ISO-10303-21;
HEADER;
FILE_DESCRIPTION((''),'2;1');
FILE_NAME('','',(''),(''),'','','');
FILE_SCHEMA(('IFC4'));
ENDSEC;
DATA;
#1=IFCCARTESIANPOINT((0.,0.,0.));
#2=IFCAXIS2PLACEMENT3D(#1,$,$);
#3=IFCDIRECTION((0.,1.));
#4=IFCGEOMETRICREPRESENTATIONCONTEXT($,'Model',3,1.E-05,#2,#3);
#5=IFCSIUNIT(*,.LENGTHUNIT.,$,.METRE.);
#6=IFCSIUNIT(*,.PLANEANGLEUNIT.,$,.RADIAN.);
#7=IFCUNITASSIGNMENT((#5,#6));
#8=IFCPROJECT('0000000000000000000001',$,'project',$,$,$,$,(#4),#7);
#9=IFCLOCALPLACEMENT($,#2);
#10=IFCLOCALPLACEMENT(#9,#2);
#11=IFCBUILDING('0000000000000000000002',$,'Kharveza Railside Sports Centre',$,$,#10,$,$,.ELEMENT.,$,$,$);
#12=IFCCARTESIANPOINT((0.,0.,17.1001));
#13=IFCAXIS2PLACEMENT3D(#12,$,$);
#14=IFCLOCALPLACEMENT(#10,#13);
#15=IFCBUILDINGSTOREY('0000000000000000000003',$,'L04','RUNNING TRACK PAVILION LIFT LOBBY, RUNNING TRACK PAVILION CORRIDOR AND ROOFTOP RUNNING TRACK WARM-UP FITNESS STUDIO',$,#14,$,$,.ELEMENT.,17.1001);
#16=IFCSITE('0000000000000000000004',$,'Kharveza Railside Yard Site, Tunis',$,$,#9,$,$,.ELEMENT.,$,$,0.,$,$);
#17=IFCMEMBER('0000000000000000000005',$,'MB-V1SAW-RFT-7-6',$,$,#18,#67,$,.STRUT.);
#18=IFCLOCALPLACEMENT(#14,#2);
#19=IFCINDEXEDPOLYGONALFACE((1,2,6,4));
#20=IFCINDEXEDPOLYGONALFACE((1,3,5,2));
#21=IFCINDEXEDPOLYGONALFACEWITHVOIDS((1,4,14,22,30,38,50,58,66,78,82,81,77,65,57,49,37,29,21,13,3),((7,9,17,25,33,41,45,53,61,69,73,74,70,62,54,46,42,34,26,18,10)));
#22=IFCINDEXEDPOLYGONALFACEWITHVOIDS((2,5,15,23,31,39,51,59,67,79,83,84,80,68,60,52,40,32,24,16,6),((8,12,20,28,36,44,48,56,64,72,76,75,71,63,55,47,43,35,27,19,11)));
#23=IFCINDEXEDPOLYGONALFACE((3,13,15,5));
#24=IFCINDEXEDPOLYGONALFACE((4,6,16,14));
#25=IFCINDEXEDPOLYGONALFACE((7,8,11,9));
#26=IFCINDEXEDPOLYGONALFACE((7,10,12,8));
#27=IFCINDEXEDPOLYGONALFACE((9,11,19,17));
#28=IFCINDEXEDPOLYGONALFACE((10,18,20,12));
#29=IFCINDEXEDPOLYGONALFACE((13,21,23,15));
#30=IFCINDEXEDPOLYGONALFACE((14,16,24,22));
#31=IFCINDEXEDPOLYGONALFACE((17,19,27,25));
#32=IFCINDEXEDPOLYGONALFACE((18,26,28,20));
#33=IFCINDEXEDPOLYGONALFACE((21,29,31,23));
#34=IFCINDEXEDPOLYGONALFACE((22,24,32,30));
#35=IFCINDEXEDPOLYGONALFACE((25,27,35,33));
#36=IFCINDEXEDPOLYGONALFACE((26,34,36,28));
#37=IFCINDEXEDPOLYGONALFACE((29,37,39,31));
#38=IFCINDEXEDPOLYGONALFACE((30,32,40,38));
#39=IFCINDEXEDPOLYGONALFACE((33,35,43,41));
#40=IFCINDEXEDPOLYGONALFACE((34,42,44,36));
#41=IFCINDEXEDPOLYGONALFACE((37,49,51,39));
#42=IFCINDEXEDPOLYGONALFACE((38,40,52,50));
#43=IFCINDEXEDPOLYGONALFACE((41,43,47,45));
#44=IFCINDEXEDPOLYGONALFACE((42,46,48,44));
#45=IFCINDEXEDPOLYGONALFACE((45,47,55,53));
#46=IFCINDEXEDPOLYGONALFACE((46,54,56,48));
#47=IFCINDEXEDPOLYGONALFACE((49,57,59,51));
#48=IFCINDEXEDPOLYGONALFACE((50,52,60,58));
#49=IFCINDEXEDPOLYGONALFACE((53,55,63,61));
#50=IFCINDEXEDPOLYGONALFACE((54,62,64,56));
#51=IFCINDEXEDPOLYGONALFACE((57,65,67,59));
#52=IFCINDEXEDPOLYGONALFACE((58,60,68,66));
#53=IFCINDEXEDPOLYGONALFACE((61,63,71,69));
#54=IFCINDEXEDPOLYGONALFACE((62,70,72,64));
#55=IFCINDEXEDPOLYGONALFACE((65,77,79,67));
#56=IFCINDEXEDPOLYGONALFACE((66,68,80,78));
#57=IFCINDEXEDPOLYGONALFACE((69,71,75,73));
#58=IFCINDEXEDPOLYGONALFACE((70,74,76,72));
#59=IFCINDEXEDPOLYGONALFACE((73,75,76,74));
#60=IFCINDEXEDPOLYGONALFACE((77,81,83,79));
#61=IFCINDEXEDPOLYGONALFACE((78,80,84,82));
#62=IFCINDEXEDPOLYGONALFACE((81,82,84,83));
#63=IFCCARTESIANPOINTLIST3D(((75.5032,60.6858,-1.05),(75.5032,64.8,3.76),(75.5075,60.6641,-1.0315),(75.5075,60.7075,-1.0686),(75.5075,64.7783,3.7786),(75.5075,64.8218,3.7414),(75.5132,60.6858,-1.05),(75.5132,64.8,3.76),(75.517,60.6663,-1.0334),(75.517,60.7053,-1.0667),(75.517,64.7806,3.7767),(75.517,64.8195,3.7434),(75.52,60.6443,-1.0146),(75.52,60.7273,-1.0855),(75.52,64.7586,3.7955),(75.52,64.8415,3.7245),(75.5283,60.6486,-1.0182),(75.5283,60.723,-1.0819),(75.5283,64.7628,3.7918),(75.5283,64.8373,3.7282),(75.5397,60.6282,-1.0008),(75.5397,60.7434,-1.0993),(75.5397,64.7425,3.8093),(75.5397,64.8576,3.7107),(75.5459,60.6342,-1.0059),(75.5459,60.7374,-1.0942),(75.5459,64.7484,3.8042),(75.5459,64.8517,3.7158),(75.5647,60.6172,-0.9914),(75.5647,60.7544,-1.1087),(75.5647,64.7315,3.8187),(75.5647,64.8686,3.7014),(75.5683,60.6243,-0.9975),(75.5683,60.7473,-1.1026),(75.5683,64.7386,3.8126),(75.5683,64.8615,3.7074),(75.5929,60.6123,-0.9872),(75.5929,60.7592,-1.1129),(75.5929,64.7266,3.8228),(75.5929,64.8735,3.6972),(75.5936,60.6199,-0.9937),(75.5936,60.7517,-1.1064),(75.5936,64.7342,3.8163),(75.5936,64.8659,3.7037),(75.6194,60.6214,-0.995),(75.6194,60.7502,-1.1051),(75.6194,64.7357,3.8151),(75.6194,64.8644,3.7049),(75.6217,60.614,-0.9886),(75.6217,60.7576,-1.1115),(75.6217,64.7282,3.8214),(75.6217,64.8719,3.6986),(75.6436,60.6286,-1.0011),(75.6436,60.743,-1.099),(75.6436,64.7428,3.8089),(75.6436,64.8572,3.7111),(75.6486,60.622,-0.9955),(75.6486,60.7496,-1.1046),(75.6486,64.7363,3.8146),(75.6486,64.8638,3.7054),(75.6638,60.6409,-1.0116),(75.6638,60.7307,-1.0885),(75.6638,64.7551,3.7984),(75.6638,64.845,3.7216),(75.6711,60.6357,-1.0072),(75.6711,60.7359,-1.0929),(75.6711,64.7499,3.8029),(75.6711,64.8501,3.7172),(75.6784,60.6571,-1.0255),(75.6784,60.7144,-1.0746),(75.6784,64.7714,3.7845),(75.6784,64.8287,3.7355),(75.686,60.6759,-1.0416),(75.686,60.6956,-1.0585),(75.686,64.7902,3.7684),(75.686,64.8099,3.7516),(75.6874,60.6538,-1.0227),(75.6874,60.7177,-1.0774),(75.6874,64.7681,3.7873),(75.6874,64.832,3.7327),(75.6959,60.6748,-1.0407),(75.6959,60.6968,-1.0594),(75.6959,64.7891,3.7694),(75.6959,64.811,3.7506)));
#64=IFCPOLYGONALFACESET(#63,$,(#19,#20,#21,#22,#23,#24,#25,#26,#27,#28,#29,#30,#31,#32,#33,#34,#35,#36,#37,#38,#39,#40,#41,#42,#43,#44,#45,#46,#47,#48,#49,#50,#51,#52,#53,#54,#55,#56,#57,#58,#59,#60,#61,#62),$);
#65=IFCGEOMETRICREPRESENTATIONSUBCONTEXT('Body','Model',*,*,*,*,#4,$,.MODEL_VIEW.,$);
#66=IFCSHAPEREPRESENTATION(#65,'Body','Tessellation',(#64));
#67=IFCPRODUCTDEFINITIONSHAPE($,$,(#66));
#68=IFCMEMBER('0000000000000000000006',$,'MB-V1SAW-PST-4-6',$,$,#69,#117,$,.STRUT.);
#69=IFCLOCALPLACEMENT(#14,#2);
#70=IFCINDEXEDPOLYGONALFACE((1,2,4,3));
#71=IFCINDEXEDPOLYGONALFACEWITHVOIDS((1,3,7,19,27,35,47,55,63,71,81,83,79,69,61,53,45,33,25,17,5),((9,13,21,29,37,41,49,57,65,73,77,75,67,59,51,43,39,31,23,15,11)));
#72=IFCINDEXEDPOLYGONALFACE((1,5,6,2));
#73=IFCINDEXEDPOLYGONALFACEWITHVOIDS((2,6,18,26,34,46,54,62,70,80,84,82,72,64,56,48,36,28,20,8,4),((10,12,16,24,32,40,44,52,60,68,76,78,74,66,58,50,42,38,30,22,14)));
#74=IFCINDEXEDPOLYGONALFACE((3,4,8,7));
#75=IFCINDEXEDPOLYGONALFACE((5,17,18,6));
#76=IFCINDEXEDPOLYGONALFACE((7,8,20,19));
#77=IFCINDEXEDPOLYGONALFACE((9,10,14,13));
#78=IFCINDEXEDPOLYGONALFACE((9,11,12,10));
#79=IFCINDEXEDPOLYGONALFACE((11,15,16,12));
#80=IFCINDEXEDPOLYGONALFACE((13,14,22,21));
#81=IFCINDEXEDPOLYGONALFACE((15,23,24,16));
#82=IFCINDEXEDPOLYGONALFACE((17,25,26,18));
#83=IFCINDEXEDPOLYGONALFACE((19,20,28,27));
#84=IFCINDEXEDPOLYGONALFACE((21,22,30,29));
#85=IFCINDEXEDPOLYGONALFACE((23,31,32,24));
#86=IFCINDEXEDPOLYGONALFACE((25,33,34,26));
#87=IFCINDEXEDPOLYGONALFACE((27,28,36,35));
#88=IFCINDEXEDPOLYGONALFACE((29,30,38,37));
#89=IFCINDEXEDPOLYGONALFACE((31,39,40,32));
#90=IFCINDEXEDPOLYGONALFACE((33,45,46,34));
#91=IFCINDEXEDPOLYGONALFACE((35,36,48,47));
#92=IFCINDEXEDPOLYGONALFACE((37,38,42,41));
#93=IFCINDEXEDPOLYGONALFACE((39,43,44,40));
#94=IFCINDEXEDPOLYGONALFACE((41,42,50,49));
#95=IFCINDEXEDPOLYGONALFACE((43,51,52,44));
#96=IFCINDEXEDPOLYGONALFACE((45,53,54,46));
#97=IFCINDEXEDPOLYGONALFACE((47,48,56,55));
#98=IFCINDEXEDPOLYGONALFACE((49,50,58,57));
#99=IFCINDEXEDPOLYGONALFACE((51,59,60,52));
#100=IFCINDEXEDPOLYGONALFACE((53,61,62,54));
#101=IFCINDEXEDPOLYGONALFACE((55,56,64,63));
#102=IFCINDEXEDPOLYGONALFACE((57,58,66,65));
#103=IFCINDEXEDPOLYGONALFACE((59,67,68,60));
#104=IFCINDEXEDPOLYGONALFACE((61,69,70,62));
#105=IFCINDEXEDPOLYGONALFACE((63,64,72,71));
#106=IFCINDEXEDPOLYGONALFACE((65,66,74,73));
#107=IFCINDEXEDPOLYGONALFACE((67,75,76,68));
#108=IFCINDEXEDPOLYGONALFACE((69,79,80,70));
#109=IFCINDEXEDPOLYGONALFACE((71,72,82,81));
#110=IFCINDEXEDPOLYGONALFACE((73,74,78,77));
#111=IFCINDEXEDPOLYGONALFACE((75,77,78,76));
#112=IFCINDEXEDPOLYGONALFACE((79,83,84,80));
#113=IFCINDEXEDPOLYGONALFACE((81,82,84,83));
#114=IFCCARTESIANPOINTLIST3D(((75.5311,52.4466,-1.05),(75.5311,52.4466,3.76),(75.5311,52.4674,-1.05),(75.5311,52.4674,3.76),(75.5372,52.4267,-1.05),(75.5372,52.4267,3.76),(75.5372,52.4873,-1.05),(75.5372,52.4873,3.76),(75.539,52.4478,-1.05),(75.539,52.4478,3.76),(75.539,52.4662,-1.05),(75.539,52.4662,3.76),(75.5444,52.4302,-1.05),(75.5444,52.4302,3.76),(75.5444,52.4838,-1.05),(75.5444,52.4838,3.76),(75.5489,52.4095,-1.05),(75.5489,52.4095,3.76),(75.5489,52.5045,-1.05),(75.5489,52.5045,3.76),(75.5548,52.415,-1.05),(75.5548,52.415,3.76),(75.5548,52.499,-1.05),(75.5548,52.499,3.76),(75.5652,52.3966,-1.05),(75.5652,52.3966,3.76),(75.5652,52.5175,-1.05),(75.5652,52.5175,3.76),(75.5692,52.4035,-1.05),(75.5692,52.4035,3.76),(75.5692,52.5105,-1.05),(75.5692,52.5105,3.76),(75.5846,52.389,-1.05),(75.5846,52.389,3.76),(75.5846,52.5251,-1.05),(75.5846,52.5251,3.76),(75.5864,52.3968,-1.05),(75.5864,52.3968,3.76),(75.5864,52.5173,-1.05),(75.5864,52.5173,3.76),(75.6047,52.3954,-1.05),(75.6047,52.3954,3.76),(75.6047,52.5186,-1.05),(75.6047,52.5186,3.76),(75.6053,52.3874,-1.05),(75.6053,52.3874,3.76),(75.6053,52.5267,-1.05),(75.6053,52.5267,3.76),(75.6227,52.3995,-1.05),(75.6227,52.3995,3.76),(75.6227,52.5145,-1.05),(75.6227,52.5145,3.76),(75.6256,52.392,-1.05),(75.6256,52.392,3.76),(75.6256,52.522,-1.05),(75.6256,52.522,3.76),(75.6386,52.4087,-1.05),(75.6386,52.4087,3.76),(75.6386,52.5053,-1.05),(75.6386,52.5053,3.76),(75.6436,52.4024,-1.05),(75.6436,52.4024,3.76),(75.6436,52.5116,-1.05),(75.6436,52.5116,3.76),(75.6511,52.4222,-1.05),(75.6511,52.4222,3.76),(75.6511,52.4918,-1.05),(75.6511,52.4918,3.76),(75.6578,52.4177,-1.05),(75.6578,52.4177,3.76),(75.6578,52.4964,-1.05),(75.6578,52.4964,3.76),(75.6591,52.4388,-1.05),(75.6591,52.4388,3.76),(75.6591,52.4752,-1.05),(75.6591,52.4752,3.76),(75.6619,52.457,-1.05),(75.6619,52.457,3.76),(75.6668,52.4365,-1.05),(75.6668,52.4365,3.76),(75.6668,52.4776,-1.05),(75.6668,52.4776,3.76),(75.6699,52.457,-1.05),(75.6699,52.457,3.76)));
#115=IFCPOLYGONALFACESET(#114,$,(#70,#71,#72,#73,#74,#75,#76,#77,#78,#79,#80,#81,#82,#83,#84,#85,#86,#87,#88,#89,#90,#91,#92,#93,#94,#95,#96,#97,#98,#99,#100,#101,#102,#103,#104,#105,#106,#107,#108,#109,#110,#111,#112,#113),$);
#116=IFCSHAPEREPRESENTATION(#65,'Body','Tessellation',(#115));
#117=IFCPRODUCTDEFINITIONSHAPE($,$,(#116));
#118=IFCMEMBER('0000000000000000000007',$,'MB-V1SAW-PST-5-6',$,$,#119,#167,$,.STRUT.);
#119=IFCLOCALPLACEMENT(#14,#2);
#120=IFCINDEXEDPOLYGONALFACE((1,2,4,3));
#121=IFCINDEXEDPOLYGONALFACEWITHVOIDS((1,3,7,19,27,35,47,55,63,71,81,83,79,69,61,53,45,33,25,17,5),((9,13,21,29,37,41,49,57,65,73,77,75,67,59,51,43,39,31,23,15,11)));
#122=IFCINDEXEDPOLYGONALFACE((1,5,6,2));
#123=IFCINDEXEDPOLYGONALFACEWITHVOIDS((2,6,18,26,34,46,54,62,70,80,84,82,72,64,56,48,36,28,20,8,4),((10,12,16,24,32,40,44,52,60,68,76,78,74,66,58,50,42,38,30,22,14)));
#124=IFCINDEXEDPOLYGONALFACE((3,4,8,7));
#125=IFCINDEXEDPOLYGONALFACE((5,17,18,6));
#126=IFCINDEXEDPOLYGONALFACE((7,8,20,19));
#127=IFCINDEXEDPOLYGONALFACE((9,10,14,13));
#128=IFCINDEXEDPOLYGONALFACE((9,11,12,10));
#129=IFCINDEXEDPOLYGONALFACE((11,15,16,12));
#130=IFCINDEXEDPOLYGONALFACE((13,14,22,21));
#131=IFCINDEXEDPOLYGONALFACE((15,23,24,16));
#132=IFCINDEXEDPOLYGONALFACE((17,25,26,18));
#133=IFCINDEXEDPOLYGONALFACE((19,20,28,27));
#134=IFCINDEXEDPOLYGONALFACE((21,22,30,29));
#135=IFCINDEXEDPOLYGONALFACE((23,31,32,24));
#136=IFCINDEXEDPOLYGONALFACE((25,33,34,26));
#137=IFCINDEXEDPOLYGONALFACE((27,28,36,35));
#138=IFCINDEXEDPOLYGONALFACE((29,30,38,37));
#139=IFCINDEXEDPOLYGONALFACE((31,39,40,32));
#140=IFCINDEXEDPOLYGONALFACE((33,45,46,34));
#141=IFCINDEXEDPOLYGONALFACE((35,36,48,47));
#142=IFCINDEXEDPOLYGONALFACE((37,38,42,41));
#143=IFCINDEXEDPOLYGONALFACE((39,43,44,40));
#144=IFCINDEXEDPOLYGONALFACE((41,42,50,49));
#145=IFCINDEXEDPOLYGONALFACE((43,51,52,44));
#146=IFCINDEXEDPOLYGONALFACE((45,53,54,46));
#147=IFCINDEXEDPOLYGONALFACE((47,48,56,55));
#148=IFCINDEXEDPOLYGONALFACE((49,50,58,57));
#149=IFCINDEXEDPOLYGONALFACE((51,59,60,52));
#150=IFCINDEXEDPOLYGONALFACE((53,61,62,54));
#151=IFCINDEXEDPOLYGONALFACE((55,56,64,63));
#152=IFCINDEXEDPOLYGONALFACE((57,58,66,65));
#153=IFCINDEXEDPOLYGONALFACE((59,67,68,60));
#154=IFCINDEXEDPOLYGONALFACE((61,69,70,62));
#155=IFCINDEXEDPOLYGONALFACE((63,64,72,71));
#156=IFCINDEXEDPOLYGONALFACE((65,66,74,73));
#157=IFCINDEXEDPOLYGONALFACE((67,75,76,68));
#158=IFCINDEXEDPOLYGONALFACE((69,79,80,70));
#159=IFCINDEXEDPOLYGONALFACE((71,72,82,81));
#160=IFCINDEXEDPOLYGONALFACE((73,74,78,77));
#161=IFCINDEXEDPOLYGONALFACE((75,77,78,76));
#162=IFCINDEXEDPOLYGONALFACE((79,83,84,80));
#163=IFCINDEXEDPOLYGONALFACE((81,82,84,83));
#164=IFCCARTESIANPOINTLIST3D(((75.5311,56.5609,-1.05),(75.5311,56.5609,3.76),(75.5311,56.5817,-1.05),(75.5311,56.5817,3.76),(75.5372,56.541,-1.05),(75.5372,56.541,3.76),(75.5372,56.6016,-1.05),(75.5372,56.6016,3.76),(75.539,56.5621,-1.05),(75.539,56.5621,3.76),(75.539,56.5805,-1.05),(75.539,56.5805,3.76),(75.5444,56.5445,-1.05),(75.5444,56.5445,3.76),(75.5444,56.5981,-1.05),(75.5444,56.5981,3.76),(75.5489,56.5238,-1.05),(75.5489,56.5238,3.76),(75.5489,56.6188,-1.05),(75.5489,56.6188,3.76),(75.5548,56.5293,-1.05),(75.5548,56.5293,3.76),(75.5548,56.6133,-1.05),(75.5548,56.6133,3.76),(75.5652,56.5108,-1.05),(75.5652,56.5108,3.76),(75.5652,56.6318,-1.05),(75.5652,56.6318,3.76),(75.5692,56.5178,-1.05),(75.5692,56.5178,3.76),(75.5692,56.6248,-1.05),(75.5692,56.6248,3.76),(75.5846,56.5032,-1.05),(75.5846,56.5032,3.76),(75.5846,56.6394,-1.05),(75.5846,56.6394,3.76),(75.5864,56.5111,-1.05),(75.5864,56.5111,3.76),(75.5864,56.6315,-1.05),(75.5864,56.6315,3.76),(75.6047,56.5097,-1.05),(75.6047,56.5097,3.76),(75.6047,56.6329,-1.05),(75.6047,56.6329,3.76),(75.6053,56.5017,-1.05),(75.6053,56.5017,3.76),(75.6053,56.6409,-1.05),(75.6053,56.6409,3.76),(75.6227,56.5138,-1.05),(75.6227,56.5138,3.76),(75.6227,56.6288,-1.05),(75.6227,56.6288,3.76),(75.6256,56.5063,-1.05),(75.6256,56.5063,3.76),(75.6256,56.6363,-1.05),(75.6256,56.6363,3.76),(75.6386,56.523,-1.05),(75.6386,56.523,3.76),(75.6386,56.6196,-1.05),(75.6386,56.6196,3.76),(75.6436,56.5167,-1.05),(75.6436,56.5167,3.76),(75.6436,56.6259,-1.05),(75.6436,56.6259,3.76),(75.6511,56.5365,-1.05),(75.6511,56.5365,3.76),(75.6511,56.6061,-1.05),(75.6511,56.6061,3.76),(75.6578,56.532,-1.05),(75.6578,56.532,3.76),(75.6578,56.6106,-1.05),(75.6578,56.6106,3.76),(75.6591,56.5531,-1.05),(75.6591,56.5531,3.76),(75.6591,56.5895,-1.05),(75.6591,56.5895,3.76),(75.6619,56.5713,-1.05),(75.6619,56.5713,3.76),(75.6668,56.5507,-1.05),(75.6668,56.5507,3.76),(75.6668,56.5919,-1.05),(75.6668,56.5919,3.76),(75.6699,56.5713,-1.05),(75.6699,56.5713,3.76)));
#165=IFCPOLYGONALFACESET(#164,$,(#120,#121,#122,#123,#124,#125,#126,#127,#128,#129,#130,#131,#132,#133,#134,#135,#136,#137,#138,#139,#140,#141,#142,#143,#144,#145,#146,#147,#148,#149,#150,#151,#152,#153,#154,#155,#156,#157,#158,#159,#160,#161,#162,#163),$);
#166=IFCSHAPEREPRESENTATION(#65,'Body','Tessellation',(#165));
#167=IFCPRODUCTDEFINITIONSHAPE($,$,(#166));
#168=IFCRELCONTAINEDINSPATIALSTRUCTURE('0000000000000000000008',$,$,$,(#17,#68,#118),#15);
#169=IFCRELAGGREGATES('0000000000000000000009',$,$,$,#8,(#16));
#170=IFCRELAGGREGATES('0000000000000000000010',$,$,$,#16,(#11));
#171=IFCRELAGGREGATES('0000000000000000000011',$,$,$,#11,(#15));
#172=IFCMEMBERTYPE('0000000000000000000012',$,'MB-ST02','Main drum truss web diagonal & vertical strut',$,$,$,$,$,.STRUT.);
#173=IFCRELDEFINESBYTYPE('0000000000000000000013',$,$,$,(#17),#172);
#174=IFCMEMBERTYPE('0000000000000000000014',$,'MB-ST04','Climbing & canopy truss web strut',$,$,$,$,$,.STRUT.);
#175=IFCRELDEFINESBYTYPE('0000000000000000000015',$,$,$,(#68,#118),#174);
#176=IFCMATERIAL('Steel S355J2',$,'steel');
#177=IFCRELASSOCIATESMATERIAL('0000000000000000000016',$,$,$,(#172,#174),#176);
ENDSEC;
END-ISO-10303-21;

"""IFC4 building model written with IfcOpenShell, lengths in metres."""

from ifc_helpers import new_model, si_unit, direction, frame, origin, origin_2d, place, context, subcontext, project, spatial, hollow_circle, extrude, material, material_profile, profile_set, type_object, element, save


model = new_model("IFC4")

# Units and contexts
model_context = context("Model", 3, precision=1e-05, world=origin(), true_north=direction((0.0, 1.0)))
body_context = subcontext(model_context, "Body", "Model", "MODEL_VIEW")
ifc_project = project(units=[si_unit("LENGTHUNIT", "METRE"), si_unit("PLANEANGLEUNIT", "RADIAN")], contexts=[model_context])

# Site, building, storey
site_placement = place(None, origin())
site = spatial("IfcSite", under=ifc_project, at=site_placement, Name="Kharveza Railside Yard Site, Tunis", CompositionType="ELEMENT", RefElevation=0.0)
building_placement = place(site_placement, origin())
building = spatial("IfcBuilding", under=site, at=building_placement, Name="Kharveza Railside Sports Centre", CompositionType="ELEMENT")
storey_placement = place(building_placement, frame((0.0, 0.0, 17.1001)))
storey = spatial("IfcBuildingStorey", under=building, at=storey_placement, Name="L04", Description="RUNNING TRACK PAVILION LIFT LOBBY, RUNNING TRACK PAVILION CORRIDOR AND ROOFTOP RUNNING TRACK WARM-UP FITNESS STUDIO", CompositionType="ELEMENT", Elevation=17.1001)

# Members
ifc_material_1 = material(Name="Steel S355J2", Category="steel")
ifc_material_profile_1 = material_profile(ifc_material_1, hollow_circle(Radius=0.0969, WallThickness=0.01, at=origin_2d()), Name="CHS 193.7x10.0")
ifc_profile_set_1 = profile_set([ifc_material_profile_1], Name="Steel S355J2")
member_type_1 = type_object("IfcMemberType", Name="MB-ST02", Description="Main drum truss web diagonal & vertical strut", PredefinedType="STRUT", material=ifc_profile_set_1)
member_1_placement = place(storey_placement, frame((75.6001, 60.6858, -1.05), z_axis=(0.0, 0.650003, 0.759931), x_axis=(-1.0, 0.0, 0.0)))
element("IfcMember", 1, at=member_1_placement, inside=storey, type_object=member_type_1, Name="MB-V1SAW-RFT-7-6", PredefinedType="STRUT", context=body_context, shape_type="SweptSolid", body=[
    extrude(hollow_circle(Radius=0.0969, WallThickness=0.01, at=origin_2d()), origin(), (0.0, 0.0, 1.0), 6.3296),
])
ifc_material_profile_2 = material_profile(ifc_material_1, hollow_circle(Radius=0.0698, WallThickness=0.0081, at=origin_2d()), Name="CHS 139.7x8.0")
ifc_profile_set_2 = profile_set([ifc_material_profile_2], Name="Steel S355J2")
member_type_2 = type_object("IfcMemberType", Name="MB-ST04", Description="Climbing & canopy truss web strut", PredefinedType="STRUT", material=ifc_profile_set_2)
for number, where, z_axis, x_axis, name in (
    (2, (75.6001, 52.457, -1.05), (0.0, 0.0, 1.0), (1.0, 0.0, 0.0), "MB-V1SAW-PST-4-6"),
    (3, (75.6001, 56.5713, -1.05), (0.0, 0.0, 1.0), (1.0, 0.0, 0.0), "MB-V1SAW-PST-5-6"),
):
    element("IfcMember", number, at=place(storey_placement, frame(where, z_axis=z_axis, x_axis=x_axis)), inside=storey, type_object=member_type_2, Name=name, PredefinedType="STRUT", context=body_context, shape_type="SweptSolid", body=[
        extrude(hollow_circle(Radius=0.0698, WallThickness=0.0081, at=origin_2d()), origin(), (0.0, 0.0, 1.0), 4.8101),
    ])

save(model, "model.ifc")
